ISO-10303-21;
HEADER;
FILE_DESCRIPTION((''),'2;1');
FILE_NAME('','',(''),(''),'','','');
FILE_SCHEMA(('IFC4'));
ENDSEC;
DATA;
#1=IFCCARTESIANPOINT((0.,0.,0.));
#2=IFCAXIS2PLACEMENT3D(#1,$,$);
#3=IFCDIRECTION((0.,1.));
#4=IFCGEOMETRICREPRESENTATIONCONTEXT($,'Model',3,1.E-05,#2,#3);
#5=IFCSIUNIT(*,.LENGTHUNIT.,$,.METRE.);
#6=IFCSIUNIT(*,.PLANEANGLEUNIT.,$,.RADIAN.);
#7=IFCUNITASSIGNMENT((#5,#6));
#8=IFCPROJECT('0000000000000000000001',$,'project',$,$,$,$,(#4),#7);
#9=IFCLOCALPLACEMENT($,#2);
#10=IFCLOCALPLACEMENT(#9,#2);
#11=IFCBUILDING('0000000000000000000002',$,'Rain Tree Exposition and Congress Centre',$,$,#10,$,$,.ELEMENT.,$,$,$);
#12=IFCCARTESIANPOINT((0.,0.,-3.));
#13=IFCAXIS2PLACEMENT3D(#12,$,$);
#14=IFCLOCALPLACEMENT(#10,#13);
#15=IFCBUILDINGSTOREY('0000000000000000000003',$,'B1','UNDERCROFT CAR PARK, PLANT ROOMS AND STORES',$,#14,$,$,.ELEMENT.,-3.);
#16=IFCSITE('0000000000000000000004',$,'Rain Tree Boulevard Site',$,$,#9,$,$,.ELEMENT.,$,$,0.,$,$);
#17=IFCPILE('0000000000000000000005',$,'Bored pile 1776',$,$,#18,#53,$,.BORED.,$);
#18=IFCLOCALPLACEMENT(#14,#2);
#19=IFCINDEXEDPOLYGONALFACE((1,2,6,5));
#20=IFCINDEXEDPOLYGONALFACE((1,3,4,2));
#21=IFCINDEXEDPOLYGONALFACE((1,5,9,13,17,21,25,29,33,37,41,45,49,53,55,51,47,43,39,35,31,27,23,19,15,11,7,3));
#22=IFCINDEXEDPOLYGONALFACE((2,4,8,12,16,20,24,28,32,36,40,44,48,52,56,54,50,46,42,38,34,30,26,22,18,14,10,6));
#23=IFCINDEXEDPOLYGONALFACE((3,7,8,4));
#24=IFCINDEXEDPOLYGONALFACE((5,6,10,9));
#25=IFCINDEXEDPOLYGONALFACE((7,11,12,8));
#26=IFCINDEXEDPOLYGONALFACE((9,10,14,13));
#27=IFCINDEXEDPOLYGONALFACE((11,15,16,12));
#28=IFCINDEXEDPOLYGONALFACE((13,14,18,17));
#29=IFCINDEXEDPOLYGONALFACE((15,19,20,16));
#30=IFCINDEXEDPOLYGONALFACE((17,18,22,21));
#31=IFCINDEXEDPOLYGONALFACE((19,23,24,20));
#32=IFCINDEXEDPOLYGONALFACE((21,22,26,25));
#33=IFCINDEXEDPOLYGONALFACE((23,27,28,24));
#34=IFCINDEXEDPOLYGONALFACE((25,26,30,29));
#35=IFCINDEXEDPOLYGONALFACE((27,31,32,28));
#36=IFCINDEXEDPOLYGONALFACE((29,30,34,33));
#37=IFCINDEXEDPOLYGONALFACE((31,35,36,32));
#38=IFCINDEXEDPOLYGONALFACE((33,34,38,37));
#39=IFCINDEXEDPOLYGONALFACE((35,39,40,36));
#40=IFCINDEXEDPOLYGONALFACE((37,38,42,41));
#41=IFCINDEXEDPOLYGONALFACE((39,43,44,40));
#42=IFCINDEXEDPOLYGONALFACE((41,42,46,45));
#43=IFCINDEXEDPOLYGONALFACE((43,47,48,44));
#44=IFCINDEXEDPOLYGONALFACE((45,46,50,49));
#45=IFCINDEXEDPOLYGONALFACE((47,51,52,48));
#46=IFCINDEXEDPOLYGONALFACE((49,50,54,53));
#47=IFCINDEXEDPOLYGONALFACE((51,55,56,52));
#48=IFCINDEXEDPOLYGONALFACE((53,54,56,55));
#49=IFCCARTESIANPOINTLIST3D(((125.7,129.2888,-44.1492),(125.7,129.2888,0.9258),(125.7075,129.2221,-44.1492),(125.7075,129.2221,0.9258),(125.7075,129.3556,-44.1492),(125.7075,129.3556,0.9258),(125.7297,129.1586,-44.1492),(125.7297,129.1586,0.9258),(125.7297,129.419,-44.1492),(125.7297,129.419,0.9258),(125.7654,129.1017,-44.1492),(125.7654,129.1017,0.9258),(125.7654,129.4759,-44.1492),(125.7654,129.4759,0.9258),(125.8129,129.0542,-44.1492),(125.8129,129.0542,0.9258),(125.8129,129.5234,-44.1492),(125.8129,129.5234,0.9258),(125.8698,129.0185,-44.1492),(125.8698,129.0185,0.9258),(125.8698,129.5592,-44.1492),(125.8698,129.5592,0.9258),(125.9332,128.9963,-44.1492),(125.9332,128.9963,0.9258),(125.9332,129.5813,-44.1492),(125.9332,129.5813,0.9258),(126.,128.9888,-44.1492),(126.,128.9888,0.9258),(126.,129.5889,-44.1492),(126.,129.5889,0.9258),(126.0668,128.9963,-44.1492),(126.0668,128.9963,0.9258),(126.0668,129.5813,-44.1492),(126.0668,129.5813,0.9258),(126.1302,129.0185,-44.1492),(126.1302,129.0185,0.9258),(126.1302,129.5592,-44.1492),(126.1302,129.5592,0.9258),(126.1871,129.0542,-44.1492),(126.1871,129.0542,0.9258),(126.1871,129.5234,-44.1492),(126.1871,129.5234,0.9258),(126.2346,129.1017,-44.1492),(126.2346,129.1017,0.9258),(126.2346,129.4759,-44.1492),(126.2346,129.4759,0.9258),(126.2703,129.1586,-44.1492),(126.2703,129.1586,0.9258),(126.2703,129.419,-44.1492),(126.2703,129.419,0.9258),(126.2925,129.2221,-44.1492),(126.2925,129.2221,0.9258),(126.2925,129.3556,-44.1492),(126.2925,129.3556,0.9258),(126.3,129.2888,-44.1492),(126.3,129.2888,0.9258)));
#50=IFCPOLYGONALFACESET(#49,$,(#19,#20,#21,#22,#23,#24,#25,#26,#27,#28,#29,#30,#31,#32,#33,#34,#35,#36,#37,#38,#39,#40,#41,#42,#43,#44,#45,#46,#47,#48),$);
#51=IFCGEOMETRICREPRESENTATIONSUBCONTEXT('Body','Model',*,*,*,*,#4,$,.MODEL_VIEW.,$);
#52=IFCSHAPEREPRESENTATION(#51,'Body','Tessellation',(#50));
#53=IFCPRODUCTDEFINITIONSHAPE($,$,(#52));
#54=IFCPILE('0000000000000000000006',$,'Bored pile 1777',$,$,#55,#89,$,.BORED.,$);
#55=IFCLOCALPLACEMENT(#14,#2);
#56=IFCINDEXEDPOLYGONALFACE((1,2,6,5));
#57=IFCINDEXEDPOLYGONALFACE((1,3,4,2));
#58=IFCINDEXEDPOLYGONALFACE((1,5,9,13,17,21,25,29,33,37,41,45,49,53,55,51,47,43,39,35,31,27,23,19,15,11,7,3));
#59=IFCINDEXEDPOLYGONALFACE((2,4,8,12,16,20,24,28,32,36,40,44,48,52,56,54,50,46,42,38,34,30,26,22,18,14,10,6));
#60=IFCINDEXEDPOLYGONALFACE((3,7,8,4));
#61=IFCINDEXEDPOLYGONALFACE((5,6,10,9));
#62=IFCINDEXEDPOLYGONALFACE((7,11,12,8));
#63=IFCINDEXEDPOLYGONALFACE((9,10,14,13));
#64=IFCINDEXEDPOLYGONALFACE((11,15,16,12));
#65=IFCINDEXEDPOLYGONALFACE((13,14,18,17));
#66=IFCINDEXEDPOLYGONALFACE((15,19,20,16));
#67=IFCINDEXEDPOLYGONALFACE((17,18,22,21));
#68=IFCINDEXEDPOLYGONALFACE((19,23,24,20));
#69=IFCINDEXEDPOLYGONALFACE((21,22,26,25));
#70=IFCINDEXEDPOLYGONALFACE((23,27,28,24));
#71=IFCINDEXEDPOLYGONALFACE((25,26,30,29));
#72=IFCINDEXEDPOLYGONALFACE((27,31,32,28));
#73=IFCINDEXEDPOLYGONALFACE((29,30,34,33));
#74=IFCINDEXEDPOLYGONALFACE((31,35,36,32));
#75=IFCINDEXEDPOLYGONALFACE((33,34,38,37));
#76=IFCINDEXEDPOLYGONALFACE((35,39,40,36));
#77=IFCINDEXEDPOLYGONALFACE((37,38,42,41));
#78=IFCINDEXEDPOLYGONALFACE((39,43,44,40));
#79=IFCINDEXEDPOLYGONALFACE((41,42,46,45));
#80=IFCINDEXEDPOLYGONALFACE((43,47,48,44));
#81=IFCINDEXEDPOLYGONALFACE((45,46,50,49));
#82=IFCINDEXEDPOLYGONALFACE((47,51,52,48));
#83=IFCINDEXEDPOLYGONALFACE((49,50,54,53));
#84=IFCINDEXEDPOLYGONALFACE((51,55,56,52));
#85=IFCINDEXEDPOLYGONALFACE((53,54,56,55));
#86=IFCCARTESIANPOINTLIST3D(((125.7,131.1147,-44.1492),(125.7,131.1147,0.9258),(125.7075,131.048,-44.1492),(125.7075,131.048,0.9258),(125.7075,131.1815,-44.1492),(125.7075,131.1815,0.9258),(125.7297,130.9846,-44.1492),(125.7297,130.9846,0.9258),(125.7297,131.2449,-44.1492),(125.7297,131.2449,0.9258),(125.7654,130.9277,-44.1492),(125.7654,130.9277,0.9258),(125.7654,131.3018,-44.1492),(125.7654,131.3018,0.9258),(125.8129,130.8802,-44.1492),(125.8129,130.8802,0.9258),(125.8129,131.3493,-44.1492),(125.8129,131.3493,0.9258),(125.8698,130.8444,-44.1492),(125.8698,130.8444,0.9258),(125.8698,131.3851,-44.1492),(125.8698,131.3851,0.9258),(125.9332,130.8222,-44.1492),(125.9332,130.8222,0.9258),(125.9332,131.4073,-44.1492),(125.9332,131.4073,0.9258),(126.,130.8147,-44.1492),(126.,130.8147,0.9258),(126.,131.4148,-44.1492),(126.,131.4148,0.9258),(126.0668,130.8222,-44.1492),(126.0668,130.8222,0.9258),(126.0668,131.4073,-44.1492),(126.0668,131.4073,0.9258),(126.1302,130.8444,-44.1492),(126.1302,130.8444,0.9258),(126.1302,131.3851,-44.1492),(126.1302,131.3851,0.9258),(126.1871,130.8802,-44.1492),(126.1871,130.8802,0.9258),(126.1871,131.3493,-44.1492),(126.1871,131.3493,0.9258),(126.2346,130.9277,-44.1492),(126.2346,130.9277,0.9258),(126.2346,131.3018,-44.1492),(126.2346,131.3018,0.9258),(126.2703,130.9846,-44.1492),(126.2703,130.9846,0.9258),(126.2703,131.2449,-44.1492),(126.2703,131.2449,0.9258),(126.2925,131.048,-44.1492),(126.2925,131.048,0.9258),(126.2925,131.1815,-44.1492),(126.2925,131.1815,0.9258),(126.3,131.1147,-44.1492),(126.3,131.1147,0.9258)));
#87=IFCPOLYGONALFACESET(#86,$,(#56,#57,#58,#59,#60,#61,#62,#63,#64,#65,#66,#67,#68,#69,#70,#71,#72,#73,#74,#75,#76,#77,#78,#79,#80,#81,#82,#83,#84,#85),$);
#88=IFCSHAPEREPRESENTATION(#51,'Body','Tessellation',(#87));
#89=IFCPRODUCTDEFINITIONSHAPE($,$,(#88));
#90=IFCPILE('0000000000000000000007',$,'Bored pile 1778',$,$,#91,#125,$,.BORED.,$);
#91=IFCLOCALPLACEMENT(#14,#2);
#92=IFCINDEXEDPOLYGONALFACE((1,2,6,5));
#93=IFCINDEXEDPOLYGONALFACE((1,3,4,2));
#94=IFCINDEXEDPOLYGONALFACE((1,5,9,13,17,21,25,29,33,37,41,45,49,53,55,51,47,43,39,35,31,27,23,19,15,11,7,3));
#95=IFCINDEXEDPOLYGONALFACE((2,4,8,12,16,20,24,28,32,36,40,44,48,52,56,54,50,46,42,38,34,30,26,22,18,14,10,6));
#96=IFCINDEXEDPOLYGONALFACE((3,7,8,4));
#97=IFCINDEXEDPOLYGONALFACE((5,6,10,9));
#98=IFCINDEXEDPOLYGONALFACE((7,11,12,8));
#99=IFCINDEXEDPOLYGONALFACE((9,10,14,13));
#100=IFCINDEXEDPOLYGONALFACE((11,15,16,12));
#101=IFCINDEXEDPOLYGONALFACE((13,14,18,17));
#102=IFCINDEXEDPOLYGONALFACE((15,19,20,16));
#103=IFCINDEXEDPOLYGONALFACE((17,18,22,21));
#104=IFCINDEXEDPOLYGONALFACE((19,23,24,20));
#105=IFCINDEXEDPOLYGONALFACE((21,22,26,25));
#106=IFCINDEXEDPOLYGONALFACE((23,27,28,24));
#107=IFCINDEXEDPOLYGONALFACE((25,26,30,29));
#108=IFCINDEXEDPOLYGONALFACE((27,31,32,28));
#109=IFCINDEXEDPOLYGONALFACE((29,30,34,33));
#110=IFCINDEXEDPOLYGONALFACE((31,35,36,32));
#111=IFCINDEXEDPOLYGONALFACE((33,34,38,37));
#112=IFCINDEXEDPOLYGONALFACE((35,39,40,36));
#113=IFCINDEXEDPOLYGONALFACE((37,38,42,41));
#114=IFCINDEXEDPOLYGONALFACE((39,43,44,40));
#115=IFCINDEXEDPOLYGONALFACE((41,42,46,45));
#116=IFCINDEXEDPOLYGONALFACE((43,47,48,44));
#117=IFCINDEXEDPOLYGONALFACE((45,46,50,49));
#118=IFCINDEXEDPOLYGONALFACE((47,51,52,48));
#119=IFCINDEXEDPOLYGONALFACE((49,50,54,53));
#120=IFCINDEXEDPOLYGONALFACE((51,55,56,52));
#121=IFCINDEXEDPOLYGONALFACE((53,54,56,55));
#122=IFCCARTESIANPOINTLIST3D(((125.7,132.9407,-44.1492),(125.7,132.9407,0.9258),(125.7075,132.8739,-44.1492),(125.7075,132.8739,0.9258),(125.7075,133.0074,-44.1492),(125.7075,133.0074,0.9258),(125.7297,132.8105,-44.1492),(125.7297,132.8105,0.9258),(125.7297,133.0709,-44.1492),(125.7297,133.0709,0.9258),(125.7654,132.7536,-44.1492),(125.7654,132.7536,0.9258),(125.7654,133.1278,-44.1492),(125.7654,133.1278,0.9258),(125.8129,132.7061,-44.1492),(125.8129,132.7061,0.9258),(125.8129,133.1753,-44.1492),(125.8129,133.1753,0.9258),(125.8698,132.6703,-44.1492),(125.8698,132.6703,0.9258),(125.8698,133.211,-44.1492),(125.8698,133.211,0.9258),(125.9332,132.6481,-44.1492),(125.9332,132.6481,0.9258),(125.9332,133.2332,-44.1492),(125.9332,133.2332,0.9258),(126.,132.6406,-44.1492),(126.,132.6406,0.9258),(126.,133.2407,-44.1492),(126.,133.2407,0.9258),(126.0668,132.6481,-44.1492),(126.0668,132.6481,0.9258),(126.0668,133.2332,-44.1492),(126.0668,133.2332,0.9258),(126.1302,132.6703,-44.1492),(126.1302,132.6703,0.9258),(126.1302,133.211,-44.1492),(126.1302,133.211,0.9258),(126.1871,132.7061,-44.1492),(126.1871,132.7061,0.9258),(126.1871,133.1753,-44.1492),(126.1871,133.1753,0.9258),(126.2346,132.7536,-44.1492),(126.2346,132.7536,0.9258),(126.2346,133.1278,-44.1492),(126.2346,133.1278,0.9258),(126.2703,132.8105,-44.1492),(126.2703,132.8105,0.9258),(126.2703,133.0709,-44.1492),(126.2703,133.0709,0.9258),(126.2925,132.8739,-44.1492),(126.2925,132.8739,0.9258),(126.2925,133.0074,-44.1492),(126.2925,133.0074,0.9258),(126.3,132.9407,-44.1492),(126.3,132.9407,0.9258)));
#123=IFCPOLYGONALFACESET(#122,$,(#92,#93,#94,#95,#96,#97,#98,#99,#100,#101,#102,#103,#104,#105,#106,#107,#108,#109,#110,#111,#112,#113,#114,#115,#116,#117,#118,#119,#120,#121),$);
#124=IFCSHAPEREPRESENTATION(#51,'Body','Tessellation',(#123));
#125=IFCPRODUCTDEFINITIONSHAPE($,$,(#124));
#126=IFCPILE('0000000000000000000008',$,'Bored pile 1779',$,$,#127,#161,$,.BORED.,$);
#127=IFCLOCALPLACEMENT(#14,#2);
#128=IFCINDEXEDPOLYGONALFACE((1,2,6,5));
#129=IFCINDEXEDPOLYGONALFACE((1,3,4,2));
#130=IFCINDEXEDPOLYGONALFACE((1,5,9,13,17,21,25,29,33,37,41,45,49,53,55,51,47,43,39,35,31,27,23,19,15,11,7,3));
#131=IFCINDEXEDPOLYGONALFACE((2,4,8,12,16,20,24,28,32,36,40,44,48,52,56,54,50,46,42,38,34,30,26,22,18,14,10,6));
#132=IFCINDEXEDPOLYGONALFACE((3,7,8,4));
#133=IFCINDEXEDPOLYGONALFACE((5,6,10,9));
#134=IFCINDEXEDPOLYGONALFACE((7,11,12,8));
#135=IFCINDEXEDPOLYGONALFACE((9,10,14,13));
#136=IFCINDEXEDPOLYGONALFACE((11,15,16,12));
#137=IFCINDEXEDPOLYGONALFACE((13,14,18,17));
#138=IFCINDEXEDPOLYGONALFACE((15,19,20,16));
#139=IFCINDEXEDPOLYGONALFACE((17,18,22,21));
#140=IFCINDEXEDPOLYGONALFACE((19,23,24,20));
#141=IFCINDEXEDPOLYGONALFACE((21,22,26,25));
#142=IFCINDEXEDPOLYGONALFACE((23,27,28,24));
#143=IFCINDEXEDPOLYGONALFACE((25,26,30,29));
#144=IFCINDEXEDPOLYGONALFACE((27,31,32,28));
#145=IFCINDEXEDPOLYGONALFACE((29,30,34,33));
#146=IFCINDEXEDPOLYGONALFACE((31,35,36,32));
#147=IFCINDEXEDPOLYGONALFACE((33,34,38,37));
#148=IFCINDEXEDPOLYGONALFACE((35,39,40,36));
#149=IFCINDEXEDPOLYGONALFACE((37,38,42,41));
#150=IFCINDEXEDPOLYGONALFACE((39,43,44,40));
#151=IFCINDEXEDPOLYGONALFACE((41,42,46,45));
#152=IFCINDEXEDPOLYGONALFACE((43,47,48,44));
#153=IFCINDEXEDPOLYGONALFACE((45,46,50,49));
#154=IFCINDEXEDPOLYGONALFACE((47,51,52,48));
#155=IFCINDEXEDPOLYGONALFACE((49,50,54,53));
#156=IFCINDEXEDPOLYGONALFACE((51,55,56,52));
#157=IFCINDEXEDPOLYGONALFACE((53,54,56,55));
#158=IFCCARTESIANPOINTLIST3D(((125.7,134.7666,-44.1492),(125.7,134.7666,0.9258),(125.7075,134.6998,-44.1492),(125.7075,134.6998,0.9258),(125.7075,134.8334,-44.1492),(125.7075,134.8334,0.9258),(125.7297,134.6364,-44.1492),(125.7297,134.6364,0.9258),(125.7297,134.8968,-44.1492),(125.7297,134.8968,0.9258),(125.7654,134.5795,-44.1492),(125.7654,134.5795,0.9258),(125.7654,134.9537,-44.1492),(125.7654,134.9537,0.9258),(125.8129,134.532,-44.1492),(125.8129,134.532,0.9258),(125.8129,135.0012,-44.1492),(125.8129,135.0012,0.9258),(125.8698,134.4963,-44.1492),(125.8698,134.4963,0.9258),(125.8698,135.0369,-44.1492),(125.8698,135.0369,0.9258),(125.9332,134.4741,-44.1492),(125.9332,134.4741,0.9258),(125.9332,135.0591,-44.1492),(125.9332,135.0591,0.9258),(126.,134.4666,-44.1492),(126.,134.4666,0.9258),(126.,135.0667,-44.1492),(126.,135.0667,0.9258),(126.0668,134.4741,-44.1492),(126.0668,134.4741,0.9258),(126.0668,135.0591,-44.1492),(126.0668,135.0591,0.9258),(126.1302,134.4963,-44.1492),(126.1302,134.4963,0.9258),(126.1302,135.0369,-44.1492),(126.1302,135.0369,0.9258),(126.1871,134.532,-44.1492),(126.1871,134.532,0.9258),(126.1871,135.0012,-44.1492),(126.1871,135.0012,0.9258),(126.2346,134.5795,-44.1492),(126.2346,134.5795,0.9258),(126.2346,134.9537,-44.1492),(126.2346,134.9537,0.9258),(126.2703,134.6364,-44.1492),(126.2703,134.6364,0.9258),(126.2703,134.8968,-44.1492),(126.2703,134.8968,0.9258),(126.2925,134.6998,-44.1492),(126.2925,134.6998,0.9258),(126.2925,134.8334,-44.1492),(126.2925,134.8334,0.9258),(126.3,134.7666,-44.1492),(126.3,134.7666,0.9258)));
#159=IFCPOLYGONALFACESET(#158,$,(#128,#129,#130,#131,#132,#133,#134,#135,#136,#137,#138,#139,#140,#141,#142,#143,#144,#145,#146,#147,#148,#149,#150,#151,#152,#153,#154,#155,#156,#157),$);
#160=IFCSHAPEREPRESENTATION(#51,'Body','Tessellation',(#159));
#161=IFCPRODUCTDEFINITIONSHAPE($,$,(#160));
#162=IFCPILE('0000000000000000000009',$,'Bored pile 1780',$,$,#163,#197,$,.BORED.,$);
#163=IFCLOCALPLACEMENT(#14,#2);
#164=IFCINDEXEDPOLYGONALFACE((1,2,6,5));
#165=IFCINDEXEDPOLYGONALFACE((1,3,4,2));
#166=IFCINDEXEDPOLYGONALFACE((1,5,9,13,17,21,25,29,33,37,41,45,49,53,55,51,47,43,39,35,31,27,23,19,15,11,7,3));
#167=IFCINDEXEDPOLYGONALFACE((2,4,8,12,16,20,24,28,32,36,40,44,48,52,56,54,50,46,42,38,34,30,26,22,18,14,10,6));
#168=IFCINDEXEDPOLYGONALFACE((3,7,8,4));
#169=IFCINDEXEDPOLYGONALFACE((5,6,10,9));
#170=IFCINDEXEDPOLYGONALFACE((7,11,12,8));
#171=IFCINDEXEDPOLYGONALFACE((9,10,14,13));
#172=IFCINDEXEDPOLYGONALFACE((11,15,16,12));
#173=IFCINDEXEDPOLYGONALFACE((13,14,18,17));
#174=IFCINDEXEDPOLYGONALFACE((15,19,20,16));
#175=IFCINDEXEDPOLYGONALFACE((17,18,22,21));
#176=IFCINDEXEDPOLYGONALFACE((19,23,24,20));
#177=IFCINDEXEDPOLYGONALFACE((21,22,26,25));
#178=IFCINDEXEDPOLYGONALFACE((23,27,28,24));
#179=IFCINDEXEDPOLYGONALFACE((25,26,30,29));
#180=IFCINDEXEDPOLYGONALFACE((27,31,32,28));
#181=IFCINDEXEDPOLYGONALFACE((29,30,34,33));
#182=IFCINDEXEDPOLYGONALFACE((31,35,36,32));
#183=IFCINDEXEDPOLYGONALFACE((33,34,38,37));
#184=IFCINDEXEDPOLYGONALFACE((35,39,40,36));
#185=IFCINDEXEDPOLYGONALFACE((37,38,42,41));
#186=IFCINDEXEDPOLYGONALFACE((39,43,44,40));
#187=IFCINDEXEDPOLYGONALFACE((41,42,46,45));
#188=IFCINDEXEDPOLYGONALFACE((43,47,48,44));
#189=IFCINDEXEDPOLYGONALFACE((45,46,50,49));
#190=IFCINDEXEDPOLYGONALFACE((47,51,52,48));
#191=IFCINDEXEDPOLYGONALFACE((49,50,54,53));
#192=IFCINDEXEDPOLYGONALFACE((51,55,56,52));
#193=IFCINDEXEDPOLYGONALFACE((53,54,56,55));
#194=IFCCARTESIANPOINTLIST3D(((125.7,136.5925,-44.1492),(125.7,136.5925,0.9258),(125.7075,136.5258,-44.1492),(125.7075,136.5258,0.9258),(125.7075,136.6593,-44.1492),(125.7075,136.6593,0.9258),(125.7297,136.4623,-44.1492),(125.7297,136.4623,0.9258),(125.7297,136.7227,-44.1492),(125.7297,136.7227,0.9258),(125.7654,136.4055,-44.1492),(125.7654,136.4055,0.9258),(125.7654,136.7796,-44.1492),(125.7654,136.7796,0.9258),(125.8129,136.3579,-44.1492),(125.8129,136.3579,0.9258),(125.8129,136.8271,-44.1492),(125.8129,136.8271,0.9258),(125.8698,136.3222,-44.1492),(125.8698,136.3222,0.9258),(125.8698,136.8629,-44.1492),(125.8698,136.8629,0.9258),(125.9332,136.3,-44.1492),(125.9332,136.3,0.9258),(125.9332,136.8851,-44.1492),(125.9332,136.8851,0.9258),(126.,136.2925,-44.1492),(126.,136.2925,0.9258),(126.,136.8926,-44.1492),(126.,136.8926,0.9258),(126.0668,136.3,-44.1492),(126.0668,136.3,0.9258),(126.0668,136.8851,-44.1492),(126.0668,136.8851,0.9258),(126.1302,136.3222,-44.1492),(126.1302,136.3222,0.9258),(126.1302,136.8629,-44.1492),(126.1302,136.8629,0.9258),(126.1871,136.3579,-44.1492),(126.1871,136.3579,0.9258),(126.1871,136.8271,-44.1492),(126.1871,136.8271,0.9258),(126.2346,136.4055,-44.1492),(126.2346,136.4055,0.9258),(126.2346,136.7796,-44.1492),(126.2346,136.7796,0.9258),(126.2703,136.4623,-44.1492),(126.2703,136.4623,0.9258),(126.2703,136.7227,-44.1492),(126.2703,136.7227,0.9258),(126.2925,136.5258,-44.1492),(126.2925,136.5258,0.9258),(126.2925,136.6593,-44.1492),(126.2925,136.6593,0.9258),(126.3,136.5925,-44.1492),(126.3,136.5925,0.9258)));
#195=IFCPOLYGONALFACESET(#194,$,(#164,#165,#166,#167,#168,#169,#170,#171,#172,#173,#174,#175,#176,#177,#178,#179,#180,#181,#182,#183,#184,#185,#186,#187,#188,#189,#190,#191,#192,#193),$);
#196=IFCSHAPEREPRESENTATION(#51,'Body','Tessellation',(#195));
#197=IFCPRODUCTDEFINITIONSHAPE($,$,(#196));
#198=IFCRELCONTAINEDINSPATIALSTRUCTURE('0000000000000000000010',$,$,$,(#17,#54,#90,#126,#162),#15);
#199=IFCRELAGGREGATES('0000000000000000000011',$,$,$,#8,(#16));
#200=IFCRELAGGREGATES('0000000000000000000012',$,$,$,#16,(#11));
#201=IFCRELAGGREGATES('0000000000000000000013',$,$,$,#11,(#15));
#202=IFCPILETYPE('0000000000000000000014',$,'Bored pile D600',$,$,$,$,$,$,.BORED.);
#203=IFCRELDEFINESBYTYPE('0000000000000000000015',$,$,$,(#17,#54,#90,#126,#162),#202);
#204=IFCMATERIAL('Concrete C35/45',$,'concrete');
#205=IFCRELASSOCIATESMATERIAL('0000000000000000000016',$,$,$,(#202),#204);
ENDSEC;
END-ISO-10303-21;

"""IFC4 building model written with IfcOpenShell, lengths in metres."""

from ifc_helpers import new_model, si_unit, direction, frame, origin, origin_2d, place, context, subcontext, project, spatial, circle, extrude, material, material_profile, profile_set, type_object, element, save


model = new_model("IFC4")

# Units and contexts
model_context = context("Model", 3, precision=1e-05, world=origin(), true_north=direction((0.0, 1.0)))
body_context = subcontext(model_context, "Body", "Model", "MODEL_VIEW")
ifc_project = project(units=[si_unit("LENGTHUNIT", "METRE"), si_unit("PLANEANGLEUNIT", "RADIAN")], contexts=[model_context])

# Site, building, storey
site_placement = place(None, origin())
site = spatial("IfcSite", under=ifc_project, at=site_placement, Name="Rain Tree Boulevard Site", CompositionType="ELEMENT", RefElevation=0.0)
building_placement = place(site_placement, origin())
building = spatial("IfcBuilding", under=site, at=building_placement, Name="Rain Tree Exposition and Congress Centre", CompositionType="ELEMENT")
storey_placement = place(building_placement, frame((0.0, 0.0, -3.0)))
storey = spatial("IfcBuildingStorey", under=building, at=storey_placement, Name="B1", Description="UNDERCROFT CAR PARK, PLANT ROOMS AND STORES", CompositionType="ELEMENT", Elevation=-3.0)

# Piles
ifc_material_1 = material(Name="Concrete C35/45", Category="concrete")
ifc_material_profile_1 = material_profile(ifc_material_1, circle(Radius=0.3, at=origin_2d()), Name="D600")
ifc_profile_set_1 = profile_set([ifc_material_profile_1], Name="Concrete C35/45")
pile_type_1 = type_object("IfcPileType", Name="Bored pile D600", PredefinedType="BORED", material=ifc_profile_set_1)
for number, where, z_axis, x_axis, name in (
    (1, (126.0, 129.2888, 0.9258), (0.0, 0.0, -1.0), (1.0, 0.0, 0.0), "Bored pile 1776"),
    (2, (126.0, 131.1147, 0.9258), (0.0, 0.0, -1.0), (1.0, 0.0, 0.0), "Bored pile 1777"),
    (3, (126.0, 132.9407, 0.9258), (0.0, 0.0, -1.0), (1.0, 0.0, 0.0), "Bored pile 1778"),
    (4, (126.0, 134.7666, 0.9258), (0.0, 0.0, -1.0), (1.0, 0.0, 0.0), "Bored pile 1779"),
    (5, (126.0, 136.5925, 0.9258), (0.0, 0.0, -1.0), (1.0, 0.0, 0.0), "Bored pile 1780"),
):
    element("IfcPile", number, at=place(storey_placement, frame(where, z_axis=z_axis, x_axis=x_axis)), inside=storey, type_object=pile_type_1, Name=name, PredefinedType="BORED", context=body_context, shape_type="SweptSolid", body=[
        extrude(circle(Radius=0.3, at=origin_2d()), origin(), (0.0, 0.0, 1.0), 45.075),
    ])

save(model, "model.ifc")
